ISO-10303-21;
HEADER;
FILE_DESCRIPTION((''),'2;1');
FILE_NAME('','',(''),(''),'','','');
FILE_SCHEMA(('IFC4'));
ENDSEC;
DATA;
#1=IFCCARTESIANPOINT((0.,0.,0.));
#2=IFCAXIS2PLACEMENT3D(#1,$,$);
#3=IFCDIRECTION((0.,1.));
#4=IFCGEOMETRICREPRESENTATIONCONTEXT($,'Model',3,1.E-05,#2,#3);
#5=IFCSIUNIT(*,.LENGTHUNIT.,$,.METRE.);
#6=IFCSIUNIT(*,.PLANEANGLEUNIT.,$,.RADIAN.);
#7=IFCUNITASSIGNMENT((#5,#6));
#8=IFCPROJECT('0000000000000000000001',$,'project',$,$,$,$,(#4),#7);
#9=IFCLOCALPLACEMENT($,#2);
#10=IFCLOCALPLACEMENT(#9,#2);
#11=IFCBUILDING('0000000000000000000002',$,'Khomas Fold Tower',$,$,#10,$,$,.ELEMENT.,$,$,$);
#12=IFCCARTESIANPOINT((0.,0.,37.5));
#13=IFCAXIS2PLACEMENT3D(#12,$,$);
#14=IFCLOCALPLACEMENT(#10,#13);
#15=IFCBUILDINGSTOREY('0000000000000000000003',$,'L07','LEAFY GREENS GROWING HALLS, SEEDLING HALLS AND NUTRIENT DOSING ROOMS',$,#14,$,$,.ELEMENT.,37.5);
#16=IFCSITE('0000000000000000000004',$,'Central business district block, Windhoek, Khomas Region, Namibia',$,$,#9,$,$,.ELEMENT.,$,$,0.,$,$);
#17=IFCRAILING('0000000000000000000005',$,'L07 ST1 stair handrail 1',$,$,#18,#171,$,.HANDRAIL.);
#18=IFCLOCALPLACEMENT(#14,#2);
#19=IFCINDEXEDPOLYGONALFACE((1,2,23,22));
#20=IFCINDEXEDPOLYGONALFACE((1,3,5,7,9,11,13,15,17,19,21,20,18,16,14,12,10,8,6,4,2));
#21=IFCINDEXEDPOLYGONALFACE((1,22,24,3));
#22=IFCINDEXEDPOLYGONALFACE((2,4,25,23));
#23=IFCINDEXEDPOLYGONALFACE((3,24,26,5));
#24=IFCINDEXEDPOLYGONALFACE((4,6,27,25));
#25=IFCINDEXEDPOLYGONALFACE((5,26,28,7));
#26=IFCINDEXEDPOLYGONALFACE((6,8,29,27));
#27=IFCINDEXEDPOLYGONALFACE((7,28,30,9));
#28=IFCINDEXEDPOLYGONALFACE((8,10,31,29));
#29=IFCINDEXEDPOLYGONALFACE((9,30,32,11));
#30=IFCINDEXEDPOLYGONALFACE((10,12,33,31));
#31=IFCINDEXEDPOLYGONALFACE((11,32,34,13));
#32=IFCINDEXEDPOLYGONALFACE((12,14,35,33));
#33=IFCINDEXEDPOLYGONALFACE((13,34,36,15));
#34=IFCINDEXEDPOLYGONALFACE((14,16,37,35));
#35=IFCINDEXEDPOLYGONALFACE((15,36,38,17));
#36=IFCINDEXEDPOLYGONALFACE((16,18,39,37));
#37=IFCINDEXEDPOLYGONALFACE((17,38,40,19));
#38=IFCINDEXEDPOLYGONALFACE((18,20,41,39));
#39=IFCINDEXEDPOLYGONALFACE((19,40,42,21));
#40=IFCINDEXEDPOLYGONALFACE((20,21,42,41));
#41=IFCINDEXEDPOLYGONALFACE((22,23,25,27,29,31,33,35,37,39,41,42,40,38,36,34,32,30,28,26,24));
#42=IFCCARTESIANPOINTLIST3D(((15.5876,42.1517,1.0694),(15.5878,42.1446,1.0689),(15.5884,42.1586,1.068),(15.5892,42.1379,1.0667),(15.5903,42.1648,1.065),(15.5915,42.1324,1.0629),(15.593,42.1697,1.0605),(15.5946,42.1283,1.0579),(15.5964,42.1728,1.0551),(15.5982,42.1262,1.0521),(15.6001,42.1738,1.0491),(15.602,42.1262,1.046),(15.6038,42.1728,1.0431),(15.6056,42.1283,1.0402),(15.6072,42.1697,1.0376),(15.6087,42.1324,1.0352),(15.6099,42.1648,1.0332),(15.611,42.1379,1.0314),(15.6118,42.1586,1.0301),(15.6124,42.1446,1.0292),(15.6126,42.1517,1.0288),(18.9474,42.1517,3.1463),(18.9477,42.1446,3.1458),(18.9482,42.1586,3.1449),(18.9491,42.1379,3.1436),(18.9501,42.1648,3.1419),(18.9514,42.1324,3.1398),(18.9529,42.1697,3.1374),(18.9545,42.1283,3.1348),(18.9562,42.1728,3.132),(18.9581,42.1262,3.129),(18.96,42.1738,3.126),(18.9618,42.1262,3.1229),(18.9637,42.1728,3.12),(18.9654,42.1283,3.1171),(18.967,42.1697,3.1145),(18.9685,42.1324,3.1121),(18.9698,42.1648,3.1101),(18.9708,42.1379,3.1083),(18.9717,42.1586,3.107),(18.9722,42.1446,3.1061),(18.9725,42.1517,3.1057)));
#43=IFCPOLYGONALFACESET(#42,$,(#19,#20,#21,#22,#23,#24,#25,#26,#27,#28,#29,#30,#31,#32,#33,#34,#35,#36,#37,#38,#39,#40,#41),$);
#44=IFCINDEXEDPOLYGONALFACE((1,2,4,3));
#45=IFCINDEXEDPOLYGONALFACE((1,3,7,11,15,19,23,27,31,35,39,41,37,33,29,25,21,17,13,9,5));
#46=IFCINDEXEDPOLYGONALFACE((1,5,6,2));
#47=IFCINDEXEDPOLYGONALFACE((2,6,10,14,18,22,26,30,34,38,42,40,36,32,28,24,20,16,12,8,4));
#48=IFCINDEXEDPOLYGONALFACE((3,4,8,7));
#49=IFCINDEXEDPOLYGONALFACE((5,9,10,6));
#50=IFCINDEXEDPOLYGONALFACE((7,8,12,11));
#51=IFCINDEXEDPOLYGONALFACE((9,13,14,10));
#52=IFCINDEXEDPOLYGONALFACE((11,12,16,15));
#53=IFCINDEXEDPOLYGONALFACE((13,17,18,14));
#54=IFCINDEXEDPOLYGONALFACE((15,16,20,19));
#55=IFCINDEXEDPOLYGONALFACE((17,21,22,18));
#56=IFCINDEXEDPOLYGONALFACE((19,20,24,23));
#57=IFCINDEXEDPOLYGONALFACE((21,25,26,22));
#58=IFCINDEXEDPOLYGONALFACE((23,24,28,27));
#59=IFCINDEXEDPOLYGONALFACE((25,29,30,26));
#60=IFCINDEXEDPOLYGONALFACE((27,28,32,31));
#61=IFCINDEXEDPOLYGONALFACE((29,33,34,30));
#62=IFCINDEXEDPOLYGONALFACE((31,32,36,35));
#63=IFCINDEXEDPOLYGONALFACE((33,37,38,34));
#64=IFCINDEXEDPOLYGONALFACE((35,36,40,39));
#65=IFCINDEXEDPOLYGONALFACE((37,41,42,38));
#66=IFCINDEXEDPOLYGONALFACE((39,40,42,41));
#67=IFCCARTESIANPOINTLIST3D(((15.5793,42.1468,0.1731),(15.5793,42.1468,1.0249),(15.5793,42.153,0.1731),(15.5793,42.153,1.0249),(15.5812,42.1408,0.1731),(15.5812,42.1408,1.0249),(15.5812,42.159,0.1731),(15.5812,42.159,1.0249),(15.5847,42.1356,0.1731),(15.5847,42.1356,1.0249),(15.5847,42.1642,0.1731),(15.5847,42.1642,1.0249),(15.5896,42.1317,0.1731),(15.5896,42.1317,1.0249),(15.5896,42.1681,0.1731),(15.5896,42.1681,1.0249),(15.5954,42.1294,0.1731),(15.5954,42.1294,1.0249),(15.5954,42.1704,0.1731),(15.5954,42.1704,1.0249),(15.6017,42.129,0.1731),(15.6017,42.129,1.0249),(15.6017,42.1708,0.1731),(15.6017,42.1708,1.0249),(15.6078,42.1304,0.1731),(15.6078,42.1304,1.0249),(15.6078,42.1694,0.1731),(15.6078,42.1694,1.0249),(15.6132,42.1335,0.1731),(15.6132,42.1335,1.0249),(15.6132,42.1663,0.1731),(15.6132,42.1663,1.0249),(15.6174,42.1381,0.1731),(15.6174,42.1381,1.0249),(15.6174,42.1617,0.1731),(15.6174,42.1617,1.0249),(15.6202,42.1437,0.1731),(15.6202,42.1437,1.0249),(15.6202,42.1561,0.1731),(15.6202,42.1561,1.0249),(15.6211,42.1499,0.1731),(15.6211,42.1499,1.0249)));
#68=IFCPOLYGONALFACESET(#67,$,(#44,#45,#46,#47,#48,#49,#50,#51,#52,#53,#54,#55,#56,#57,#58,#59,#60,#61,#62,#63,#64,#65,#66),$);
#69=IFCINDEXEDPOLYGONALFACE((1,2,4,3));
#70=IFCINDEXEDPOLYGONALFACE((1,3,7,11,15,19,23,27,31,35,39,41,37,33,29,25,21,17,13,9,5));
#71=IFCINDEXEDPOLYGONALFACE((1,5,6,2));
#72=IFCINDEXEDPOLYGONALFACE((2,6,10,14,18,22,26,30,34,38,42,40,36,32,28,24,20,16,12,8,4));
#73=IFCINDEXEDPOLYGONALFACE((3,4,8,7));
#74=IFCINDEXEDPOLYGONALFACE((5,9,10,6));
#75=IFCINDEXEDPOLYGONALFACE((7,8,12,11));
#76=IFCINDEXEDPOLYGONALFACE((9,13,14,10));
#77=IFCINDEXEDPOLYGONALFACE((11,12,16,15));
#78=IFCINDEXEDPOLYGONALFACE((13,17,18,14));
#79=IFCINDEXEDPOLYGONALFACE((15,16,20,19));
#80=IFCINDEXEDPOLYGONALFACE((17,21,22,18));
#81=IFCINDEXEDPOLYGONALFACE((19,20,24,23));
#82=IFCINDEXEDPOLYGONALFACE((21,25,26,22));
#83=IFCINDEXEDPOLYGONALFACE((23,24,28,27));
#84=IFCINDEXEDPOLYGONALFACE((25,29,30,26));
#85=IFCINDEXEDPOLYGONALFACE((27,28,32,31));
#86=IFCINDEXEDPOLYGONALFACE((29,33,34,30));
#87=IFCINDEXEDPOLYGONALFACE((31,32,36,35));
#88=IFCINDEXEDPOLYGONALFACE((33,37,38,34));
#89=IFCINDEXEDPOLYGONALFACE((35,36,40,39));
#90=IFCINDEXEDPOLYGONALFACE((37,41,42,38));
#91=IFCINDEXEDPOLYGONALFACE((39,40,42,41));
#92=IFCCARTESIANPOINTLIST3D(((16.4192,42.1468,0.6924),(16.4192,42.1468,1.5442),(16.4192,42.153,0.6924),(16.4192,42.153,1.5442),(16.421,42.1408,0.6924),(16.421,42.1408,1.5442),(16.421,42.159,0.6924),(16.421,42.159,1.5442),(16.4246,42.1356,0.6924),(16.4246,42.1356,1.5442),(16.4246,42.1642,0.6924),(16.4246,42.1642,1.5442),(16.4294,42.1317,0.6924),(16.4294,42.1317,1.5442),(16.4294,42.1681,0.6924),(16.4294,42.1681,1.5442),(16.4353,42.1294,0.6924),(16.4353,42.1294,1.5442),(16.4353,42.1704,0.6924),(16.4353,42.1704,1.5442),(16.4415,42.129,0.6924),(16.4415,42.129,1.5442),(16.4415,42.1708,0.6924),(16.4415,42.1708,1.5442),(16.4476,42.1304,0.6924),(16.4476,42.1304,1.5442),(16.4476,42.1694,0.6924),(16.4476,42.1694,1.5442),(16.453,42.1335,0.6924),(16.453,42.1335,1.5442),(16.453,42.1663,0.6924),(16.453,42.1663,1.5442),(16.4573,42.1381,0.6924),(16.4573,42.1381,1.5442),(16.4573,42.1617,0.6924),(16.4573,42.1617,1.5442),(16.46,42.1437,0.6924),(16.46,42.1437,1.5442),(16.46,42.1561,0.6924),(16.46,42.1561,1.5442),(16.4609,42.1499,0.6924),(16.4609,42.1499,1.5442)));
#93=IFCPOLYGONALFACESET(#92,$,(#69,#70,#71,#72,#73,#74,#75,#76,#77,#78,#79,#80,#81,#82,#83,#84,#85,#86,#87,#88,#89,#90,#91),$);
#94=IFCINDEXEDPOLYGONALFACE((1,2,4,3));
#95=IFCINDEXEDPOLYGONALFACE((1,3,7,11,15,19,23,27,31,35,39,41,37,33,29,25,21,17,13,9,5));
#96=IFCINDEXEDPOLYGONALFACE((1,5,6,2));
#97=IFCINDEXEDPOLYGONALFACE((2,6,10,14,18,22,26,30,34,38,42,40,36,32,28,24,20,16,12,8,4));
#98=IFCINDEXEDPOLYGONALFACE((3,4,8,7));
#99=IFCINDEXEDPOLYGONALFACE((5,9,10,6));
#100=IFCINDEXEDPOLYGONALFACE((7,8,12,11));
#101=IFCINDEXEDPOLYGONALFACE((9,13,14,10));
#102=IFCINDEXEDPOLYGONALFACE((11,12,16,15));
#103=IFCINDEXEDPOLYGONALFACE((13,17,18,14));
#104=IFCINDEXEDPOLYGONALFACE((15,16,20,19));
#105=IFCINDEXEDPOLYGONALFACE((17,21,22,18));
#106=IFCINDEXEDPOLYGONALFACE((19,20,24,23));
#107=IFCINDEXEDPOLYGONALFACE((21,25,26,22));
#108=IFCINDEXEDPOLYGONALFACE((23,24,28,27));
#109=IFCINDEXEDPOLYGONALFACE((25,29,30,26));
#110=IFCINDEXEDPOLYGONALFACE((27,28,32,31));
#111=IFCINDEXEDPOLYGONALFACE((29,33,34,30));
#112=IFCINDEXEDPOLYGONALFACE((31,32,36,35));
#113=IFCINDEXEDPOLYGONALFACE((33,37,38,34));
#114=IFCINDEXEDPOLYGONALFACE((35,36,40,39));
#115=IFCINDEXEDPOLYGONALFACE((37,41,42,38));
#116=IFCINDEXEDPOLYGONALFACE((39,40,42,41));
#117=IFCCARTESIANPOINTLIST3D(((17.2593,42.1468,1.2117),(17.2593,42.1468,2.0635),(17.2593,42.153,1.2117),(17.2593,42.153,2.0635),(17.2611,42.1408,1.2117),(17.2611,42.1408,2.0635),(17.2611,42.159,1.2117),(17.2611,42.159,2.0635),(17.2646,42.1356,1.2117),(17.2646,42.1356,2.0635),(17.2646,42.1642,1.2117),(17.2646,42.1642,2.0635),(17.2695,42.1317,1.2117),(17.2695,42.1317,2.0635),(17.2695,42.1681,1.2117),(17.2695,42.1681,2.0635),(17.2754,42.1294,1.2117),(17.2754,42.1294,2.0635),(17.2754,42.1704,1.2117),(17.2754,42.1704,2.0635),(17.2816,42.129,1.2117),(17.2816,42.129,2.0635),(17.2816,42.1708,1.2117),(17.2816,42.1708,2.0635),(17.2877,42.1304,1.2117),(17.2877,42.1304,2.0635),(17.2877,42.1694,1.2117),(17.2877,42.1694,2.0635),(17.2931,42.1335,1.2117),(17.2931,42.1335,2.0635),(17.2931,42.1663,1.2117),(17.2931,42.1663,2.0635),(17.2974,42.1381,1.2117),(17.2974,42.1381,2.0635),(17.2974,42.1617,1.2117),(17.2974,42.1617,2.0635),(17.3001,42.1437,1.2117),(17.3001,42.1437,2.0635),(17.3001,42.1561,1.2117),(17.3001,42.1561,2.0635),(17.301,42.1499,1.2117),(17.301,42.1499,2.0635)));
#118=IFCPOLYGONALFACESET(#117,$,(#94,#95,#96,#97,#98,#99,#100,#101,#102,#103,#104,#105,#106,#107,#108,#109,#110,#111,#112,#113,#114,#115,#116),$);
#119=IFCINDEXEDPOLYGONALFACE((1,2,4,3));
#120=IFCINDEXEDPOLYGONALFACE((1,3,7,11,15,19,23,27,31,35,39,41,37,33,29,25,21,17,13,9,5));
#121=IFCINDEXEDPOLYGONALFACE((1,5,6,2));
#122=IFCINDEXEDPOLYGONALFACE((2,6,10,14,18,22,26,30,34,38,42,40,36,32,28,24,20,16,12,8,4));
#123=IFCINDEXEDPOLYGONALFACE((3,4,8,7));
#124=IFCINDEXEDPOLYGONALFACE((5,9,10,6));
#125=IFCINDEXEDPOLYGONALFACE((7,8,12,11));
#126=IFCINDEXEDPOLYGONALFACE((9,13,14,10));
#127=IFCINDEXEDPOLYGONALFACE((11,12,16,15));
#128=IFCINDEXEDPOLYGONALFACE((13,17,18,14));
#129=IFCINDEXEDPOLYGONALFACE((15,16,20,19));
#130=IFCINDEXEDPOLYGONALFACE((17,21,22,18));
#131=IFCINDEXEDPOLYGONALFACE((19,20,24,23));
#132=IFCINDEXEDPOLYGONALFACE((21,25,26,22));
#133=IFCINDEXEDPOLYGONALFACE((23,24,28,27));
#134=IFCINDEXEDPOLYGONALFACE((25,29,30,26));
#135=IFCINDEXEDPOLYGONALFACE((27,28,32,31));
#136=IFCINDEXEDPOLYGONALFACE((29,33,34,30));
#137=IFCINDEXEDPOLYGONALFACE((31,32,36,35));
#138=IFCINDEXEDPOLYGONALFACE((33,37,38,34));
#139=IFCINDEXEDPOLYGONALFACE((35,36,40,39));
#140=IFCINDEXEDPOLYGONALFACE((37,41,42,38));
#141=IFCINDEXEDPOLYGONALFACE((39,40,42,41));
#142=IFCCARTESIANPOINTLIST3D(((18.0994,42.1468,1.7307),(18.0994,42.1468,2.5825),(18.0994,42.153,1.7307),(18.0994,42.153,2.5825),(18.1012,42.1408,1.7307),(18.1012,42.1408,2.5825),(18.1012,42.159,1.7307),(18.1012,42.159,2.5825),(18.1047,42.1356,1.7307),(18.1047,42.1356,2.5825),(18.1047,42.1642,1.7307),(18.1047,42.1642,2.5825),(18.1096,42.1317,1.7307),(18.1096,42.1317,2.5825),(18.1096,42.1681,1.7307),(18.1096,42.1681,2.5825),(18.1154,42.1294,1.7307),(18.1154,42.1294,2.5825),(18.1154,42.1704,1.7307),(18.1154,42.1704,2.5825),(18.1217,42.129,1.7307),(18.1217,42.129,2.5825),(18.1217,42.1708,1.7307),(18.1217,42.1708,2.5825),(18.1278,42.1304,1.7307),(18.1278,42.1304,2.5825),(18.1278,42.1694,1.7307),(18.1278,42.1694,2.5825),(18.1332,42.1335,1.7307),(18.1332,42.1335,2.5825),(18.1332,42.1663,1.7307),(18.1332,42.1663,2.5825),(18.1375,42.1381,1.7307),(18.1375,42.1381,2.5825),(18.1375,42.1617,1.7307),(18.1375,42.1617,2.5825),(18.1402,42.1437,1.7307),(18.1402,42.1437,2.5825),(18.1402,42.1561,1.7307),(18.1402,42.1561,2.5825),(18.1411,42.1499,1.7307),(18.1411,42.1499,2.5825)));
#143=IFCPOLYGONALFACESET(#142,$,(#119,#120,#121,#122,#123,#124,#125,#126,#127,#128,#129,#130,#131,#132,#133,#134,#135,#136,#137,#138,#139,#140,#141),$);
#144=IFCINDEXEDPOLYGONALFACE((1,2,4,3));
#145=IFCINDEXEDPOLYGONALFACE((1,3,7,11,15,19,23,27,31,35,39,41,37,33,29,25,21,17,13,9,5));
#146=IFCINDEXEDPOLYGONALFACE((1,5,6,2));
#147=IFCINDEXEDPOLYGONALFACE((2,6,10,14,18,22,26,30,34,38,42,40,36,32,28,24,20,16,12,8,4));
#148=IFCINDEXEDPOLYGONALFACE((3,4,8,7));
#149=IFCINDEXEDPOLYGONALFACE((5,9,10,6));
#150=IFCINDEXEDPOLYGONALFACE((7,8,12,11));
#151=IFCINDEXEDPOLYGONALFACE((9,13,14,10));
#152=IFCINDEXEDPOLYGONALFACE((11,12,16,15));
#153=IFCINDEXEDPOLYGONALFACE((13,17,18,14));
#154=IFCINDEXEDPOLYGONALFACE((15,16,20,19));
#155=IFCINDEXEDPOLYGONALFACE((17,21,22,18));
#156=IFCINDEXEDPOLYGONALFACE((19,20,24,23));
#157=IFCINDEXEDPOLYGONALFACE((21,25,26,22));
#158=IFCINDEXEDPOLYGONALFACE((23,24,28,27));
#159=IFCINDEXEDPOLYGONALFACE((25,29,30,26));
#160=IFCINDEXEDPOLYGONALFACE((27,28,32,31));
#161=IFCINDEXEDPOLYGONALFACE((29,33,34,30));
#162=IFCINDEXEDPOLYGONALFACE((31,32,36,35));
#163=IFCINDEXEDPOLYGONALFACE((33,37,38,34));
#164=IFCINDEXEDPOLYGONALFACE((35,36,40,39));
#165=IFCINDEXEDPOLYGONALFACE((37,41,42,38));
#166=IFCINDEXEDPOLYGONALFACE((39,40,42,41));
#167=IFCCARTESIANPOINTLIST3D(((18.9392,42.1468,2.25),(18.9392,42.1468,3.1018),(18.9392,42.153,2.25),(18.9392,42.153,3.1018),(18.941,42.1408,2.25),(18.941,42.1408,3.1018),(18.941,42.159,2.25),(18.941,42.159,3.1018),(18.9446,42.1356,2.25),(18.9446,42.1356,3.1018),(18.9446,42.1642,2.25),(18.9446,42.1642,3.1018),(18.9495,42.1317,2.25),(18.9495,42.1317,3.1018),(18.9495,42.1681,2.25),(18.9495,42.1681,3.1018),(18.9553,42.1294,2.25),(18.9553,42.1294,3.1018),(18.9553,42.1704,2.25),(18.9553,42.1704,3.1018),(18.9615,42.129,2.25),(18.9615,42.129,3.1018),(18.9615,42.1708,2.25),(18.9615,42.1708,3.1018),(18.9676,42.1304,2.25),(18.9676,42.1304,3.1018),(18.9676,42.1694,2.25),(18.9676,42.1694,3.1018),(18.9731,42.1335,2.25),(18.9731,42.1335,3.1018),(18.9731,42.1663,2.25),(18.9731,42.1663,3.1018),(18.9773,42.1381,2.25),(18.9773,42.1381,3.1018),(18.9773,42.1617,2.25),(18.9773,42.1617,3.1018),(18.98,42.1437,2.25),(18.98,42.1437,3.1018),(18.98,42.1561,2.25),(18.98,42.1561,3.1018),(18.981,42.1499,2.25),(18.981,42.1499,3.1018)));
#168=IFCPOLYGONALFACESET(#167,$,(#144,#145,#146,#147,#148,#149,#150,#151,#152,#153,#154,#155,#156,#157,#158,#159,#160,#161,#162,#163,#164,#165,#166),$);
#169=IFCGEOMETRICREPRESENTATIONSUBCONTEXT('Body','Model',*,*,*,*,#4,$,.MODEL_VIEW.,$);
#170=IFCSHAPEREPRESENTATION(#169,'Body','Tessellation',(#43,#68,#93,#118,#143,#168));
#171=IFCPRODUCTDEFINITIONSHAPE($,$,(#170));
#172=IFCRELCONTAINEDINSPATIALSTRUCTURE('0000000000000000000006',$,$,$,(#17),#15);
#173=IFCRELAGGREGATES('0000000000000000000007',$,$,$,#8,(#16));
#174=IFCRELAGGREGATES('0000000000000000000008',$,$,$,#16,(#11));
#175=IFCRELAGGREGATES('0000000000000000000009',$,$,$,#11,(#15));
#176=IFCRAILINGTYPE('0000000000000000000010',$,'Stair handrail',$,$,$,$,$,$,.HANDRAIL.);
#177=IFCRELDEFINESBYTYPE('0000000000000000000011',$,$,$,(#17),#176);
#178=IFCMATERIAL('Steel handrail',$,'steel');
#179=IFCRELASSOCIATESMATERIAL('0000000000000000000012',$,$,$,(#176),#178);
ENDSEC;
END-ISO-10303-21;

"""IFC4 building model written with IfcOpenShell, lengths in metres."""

from ifc_helpers import new_model, si_unit, direction, frame, origin, origin_2d, place, context, subcontext, project, spatial, circle, extrude, source, transform, mapped, material, type_object, element, save


model = new_model("IFC4")

# Units and contexts
model_context = context("Model", 3, precision=1e-05, world=origin(), true_north=direction((0.0, 1.0)))
body_context = subcontext(model_context, "Body", "Model", "MODEL_VIEW")
ifc_project = project(units=[si_unit("LENGTHUNIT", "METRE"), si_unit("PLANEANGLEUNIT", "RADIAN")], contexts=[model_context])

# Site, building, storey
site_placement = place(None, origin())
site = spatial("IfcSite", under=ifc_project, at=site_placement, Name="Central business district block, Windhoek, Khomas Region, Namibia", CompositionType="ELEMENT", RefElevation=0.0)
building_placement = place(site_placement, origin())
building = spatial("IfcBuilding", under=site, at=building_placement, Name="Khomas Fold Tower", CompositionType="ELEMENT")
storey_placement = place(building_placement, frame((0.0, 0.0, 37.5)))
storey = spatial("IfcBuildingStorey", under=building, at=storey_placement, Name="L07", Description="LEAFY GREENS GROWING HALLS, SEEDLING HALLS AND NUTRIENT DOSING ROOMS", CompositionType="ELEMENT", Elevation=37.5)

# Railing
ifc_material_1 = material(Name="Steel handrail", Category="steel")
railing_type_1 = type_object("IfcRailingType", Name="Stair handrail", PredefinedType="HANDRAIL", material=ifc_material_1)
shared_shape_1 = source(origin(), body_context, "Body", "SweptSolid", [
    extrude(circle(Radius=0.0239, at=origin_2d()), frame((0.0, 0.0, 0.876), z_axis=(0.850606, 0.0, 0.525803), x_axis=(0.0, 1.0, 0.0)), (0.0, 0.0, 1.0), 3.95),
    extrude(circle(Radius=0.021, at=origin_2d()), origin(), (0.0, 0.0, 1.0), 0.8518),
    extrude(circle(Radius=0.021, at=origin_2d()), frame((0.8398, 0.0, 0.5193)), (0.0, 0.0, 1.0), 0.8518),
    extrude(circle(Radius=0.021, at=origin_2d()), frame((1.6799, 0.0, 1.0386)), (0.0, 0.0, 1.0), 0.8518),
    extrude(circle(Radius=0.021, at=origin_2d()), frame((2.52, 0.0, 1.5576)), (0.0, 0.0, 1.0), 0.8518),
    extrude(circle(Radius=0.021, at=origin_2d()), frame((3.3599, 0.0, 2.0769)), (0.0, 0.0, 1.0), 0.8518),
])
railing_1_placement = place(storey_placement, frame((15.6001, 42.1499, 0.1731)))
element("IfcRailing", 1, at=railing_1_placement, inside=storey, type_object=railing_type_1, Name="L07 ST1 stair handrail 1", PredefinedType="HANDRAIL", context=body_context, shape_type="MappedRepresentation", body=[
    mapped(shared_shape_1, transform((0.0, 0.0, 0.0))),
])

save(model, "model.ifc")
